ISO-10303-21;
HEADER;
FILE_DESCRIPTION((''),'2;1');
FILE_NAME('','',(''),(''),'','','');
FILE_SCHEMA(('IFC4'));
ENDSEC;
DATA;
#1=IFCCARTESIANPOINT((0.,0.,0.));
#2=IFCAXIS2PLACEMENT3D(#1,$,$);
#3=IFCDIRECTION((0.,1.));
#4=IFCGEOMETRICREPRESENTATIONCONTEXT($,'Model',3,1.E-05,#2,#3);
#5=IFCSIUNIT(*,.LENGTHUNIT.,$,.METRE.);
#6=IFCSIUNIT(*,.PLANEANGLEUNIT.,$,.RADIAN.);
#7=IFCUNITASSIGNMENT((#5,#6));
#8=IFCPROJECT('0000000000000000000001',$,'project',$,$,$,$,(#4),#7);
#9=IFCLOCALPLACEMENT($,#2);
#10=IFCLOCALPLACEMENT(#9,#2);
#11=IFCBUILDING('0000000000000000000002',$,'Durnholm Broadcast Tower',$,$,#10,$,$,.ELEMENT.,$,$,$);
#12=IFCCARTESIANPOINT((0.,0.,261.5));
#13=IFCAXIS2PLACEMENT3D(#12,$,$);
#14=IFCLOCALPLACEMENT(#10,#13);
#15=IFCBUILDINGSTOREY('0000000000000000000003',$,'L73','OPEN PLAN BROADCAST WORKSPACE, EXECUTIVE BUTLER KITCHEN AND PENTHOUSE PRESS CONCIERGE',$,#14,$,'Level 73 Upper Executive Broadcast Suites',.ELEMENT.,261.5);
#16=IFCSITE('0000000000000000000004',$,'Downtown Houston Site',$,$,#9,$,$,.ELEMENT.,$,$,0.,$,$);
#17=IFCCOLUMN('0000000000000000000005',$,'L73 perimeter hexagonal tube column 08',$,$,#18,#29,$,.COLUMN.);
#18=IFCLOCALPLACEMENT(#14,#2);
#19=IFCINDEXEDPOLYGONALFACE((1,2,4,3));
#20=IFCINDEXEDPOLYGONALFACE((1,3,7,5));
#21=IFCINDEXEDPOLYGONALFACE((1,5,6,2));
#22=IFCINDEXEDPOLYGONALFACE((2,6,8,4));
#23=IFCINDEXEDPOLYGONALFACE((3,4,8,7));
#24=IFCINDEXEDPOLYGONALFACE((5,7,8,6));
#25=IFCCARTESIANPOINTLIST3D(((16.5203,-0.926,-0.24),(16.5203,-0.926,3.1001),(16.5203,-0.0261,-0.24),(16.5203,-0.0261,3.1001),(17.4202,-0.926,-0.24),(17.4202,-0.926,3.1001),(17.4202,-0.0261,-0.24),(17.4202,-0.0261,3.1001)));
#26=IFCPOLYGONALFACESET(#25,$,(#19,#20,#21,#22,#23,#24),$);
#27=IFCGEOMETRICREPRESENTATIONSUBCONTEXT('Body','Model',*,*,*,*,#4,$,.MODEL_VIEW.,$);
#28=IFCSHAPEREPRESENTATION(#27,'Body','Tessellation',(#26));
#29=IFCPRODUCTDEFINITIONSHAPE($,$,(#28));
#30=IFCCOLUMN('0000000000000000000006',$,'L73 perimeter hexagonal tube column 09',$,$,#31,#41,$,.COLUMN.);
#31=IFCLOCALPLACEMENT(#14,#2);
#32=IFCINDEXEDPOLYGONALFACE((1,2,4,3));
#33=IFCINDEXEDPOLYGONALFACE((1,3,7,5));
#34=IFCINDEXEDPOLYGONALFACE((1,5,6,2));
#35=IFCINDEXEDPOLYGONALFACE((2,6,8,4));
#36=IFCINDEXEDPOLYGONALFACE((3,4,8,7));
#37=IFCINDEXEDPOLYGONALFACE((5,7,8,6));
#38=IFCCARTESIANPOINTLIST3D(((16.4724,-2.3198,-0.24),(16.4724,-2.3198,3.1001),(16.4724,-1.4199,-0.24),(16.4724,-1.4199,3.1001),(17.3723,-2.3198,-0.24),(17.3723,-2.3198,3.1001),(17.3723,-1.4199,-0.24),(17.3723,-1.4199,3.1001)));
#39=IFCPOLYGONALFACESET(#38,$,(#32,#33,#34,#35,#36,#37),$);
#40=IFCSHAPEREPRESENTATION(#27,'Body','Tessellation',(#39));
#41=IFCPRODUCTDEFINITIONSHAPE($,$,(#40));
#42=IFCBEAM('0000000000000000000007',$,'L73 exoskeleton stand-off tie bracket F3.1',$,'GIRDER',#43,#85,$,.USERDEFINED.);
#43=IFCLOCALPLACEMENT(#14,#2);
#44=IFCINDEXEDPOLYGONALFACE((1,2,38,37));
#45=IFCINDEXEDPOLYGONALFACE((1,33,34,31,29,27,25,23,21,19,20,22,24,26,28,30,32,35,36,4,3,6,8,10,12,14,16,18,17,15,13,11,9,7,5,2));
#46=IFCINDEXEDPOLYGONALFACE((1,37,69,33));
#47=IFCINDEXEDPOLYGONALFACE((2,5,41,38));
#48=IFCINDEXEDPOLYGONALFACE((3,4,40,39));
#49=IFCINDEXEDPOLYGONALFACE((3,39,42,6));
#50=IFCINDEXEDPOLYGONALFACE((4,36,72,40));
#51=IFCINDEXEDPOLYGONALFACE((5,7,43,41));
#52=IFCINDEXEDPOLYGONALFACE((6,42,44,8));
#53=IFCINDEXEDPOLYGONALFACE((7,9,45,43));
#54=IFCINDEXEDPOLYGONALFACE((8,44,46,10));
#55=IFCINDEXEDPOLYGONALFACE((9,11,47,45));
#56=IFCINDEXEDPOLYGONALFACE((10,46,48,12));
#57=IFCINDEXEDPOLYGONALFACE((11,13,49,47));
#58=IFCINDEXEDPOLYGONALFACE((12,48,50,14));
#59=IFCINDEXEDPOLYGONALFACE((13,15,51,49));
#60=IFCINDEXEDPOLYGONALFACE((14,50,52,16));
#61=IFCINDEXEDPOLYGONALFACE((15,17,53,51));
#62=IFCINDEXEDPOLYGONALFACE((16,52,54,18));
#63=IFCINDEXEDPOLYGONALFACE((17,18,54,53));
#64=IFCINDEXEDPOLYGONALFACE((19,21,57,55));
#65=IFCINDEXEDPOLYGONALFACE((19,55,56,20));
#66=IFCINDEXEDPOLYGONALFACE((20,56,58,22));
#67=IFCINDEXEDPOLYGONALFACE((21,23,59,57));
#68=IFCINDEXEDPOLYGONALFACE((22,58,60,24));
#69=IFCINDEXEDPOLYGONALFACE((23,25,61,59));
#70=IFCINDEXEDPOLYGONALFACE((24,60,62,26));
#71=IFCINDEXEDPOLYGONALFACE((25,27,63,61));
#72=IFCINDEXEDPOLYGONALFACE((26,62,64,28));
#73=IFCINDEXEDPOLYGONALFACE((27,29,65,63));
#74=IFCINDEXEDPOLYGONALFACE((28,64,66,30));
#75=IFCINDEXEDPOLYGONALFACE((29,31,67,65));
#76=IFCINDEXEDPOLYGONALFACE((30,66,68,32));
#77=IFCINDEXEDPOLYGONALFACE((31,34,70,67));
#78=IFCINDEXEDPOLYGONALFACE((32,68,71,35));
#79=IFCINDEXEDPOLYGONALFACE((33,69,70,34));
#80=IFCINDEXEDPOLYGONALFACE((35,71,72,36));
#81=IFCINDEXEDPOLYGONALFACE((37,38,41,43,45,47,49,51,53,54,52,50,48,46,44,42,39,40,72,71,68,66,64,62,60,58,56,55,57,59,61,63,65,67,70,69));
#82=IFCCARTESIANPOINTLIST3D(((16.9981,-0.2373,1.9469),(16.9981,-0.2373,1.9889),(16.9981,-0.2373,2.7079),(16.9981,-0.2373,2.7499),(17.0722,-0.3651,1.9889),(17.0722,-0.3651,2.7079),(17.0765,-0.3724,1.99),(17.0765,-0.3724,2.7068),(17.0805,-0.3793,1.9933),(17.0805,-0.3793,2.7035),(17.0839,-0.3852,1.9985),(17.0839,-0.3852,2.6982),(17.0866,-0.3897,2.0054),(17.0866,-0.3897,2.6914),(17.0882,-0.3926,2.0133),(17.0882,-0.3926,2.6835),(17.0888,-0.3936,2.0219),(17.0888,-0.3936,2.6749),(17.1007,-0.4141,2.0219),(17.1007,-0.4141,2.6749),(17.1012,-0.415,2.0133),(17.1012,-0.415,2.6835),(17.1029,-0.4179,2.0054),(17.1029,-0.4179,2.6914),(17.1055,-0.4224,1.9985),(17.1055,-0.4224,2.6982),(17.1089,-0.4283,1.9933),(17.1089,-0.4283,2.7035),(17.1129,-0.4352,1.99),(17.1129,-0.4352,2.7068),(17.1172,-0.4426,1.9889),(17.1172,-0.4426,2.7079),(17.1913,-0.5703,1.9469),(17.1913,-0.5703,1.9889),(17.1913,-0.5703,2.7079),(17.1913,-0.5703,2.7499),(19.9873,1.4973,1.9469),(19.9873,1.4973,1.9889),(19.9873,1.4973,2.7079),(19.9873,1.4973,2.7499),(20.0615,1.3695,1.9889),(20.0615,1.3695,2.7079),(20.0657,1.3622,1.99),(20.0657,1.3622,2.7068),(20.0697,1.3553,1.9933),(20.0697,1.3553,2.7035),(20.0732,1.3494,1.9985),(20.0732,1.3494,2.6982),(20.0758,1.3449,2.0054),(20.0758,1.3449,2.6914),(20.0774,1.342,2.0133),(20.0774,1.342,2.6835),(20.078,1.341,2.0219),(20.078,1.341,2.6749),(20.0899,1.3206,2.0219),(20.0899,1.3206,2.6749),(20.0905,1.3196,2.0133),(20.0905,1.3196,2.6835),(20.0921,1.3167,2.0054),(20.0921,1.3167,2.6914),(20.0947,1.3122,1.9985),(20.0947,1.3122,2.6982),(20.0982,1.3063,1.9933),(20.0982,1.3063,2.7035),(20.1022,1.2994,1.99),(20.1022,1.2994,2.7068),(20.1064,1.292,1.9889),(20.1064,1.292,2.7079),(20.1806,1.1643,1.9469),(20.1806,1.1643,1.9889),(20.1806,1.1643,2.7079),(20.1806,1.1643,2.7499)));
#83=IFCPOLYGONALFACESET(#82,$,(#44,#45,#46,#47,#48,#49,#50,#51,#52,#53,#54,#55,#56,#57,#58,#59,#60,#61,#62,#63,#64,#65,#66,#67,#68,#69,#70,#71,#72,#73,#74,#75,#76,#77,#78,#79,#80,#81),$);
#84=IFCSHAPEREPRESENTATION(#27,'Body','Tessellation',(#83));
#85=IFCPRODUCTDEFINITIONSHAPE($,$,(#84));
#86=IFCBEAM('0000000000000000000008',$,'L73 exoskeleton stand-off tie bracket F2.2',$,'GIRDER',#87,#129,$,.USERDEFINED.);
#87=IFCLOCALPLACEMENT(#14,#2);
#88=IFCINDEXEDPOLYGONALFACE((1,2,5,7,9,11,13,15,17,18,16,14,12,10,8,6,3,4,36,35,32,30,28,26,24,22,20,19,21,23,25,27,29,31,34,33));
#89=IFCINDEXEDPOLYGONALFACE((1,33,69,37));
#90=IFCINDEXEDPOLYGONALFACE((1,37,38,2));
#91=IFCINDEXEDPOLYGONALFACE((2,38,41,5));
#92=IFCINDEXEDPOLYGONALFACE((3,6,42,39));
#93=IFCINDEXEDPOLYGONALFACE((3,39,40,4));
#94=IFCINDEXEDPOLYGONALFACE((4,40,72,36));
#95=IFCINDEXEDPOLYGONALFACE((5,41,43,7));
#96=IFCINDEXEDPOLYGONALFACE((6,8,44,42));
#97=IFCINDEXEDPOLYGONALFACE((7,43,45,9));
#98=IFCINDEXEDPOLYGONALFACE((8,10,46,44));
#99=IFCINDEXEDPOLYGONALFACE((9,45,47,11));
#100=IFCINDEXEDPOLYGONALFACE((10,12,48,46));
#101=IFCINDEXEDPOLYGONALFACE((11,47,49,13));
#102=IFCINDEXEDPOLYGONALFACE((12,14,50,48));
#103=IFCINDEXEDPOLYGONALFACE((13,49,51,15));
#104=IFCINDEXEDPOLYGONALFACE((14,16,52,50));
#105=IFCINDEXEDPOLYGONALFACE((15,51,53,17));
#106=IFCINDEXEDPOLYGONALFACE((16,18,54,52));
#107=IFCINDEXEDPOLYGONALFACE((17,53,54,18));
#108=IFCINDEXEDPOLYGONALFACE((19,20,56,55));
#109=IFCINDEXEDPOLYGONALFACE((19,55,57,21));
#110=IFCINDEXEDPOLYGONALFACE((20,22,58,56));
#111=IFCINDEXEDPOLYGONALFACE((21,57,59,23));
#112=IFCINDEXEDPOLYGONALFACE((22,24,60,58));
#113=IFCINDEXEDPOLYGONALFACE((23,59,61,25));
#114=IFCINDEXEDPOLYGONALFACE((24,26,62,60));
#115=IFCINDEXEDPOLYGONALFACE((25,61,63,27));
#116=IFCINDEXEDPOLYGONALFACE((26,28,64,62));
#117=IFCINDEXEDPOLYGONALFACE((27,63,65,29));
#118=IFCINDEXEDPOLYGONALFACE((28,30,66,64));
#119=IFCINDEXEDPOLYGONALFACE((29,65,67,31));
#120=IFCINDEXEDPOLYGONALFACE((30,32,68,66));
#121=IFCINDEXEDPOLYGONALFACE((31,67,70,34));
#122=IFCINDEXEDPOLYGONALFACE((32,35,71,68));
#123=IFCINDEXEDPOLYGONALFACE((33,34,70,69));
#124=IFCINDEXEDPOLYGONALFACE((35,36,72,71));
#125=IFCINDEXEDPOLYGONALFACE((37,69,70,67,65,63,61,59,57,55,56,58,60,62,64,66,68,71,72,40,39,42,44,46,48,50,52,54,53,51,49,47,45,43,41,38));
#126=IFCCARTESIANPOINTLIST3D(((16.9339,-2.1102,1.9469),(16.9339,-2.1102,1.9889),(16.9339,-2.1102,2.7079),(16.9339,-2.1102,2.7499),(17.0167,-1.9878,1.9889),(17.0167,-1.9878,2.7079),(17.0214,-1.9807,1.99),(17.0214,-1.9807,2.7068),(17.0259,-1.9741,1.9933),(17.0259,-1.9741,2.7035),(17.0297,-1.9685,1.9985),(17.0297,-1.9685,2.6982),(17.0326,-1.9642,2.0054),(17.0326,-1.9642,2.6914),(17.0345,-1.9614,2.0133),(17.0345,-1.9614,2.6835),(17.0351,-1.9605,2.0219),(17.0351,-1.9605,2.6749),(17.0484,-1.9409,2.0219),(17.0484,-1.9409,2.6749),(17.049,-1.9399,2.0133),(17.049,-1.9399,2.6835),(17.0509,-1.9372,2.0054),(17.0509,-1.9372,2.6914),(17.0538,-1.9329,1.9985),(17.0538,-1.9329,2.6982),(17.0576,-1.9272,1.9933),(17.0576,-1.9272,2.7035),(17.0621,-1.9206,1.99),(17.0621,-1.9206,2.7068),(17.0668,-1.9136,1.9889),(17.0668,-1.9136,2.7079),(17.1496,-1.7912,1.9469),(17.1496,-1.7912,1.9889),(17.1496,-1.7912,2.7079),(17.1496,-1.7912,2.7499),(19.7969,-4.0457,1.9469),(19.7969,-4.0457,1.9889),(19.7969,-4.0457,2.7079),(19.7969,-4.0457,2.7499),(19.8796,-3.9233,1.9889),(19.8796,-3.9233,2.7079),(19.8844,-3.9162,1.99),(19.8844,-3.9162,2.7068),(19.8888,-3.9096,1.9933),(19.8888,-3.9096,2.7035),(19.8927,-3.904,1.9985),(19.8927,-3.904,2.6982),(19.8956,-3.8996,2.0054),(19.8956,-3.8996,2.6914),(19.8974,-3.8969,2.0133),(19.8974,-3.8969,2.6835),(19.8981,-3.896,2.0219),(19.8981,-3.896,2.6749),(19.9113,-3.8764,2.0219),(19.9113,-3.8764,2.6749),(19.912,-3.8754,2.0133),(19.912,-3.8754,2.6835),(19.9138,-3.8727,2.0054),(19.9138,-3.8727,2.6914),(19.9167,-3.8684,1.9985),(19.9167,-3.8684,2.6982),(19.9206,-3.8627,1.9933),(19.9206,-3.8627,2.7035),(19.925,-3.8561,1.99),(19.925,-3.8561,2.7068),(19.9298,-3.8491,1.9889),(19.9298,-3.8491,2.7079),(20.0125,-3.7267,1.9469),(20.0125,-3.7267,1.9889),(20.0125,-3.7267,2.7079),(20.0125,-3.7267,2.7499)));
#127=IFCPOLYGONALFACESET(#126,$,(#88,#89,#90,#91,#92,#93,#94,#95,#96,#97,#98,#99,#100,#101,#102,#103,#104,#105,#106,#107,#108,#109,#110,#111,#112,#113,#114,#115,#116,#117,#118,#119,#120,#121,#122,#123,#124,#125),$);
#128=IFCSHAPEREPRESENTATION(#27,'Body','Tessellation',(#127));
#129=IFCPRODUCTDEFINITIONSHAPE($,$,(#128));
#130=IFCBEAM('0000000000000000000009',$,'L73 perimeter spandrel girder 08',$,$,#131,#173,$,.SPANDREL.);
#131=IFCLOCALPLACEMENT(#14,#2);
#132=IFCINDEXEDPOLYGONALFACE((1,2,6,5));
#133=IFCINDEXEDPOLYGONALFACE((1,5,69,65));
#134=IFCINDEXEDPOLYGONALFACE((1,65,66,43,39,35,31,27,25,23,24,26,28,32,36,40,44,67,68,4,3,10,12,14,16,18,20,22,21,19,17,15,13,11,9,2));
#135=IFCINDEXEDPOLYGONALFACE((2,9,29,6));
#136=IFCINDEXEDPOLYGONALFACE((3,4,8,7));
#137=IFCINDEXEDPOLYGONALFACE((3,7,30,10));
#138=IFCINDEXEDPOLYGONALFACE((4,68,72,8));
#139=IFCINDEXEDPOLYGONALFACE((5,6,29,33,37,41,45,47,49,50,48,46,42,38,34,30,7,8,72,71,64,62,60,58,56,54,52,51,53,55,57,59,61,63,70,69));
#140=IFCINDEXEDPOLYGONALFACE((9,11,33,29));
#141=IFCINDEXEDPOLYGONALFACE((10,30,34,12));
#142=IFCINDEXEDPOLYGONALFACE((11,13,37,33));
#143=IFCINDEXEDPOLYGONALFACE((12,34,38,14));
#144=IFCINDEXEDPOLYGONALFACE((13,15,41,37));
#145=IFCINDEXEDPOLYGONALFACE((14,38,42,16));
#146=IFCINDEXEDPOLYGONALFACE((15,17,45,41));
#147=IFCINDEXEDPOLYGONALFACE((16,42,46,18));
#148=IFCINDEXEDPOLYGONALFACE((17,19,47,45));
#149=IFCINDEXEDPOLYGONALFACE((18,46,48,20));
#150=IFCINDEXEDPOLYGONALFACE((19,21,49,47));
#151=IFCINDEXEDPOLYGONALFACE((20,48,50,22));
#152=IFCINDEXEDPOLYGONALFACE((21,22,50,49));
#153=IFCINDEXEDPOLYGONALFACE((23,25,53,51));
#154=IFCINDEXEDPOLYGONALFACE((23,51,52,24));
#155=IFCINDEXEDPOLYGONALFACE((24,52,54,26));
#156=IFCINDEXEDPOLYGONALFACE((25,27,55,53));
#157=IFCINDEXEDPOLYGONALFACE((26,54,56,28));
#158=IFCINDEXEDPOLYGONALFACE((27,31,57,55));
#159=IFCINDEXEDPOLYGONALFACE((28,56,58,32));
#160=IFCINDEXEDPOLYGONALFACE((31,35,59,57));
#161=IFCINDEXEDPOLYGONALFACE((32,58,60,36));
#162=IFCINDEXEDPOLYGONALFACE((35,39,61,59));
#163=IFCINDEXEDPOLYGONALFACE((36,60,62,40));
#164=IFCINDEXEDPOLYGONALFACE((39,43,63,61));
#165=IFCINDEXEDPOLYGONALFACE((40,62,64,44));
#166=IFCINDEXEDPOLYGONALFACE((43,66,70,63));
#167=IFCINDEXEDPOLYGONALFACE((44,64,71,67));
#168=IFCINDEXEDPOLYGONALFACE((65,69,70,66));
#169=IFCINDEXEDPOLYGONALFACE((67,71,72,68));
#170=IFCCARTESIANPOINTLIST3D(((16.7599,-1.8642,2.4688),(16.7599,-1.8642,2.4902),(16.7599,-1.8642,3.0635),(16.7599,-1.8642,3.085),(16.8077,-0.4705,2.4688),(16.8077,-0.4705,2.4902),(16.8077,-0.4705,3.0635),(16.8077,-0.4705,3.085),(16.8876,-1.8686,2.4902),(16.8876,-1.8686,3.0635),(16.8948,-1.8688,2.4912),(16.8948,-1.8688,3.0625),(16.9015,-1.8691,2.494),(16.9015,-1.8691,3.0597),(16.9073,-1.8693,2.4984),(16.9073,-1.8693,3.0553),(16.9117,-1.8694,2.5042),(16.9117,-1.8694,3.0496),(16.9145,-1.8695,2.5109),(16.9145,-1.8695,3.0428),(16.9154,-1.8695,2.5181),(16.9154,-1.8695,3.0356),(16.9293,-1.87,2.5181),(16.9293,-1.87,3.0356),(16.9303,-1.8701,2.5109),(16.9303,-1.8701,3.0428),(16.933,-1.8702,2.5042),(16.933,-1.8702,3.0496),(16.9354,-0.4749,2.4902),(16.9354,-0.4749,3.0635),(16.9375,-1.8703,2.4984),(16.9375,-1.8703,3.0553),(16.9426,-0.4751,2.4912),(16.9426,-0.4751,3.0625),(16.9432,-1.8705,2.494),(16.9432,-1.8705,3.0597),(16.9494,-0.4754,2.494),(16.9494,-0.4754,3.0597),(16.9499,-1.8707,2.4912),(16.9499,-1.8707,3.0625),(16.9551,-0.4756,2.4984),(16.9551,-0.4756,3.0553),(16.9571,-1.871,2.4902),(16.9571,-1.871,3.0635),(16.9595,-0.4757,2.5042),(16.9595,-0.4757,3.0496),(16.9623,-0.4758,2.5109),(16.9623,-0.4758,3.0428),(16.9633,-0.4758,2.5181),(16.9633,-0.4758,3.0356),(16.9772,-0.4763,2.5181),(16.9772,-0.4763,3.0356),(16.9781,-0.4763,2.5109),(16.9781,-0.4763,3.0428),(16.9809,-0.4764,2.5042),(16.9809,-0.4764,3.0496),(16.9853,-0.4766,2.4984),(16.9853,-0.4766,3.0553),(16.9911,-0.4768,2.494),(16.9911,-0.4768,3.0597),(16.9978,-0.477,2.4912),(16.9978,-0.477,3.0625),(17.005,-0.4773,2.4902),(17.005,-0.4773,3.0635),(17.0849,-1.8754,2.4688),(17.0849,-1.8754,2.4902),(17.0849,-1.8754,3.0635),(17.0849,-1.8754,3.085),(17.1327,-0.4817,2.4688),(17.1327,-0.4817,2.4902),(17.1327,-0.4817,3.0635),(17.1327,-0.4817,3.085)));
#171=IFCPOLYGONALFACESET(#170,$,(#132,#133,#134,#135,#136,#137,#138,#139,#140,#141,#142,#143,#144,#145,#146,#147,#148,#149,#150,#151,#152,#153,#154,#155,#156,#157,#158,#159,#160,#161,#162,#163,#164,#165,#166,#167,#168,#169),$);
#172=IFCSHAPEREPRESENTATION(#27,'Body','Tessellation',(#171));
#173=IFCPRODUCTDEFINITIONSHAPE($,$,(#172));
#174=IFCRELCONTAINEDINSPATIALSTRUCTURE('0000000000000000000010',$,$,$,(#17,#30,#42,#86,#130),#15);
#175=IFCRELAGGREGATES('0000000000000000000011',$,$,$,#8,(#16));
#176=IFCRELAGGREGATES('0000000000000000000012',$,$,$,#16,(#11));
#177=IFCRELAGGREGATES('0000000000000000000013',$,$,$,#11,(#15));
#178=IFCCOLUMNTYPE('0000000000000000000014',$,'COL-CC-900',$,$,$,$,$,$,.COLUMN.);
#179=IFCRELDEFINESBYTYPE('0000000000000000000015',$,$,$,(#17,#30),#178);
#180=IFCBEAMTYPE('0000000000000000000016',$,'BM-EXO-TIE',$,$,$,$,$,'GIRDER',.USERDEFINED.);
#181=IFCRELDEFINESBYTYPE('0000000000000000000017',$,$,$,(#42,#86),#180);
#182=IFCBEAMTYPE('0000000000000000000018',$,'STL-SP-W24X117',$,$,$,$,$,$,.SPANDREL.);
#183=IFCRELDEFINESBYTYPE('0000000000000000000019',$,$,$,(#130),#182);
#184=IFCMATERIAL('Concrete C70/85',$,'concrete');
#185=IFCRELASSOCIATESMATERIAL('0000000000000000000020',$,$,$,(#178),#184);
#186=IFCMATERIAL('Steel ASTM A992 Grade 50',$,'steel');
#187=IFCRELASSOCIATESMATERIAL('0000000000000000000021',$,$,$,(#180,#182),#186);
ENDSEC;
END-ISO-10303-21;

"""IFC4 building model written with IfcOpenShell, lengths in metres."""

from ifc_helpers import new_model, si_unit, direction, frame, origin, origin_2d, place, context, subcontext, project, spatial, rectangle, i_section, extrude, source, transform, mapped, material, material_profile, profile_set, type_object, type_shapes, element, save


model = new_model("IFC4")

# Units and contexts
model_context = context("Model", 3, precision=1e-05, world=origin(), true_north=direction((0.0, 1.0)))
body_context = subcontext(model_context, "Body", "Model", "MODEL_VIEW")
ifc_project = project(units=[si_unit("LENGTHUNIT", "METRE"), si_unit("PLANEANGLEUNIT", "RADIAN")], contexts=[model_context])

# Site, building, storey
site_placement = place(None, origin())
site = spatial("IfcSite", under=ifc_project, at=site_placement, Name="Downtown Houston Site", CompositionType="ELEMENT", RefElevation=0.0)
building_placement = place(site_placement, origin())
building = spatial("IfcBuilding", under=site, at=building_placement, Name="Durnholm Broadcast Tower", CompositionType="ELEMENT")
storey_placement = place(building_placement, frame((0.0, 0.0, 261.5)))
storey = spatial("IfcBuildingStorey", under=building, at=storey_placement, Name="L73", Description="OPEN PLAN BROADCAST WORKSPACE, EXECUTIVE BUTLER KITCHEN AND PENTHOUSE PRESS CONCIERGE", LongName="Level 73 Upper Executive Broadcast Suites", CompositionType="ELEMENT", Elevation=261.5)

# Columns
ifc_material_1 = material(Name="Concrete C70/85", Category="concrete")
ifc_material_profile_1 = material_profile(ifc_material_1, rectangle(XDim=0.8999, YDim=0.8999, at=origin_2d()), Name="RC900X900")
ifc_profile_set_1 = profile_set([ifc_material_profile_1], Name="Concrete C70/85")
column_type = type_object("IfcColumnType", Name="COL-CC-900", PredefinedType="COLUMN", material=ifc_profile_set_1)
shared_shape_1 = source(origin(), body_context, "Body", "SweptSolid", [
    extrude(rectangle(XDim=0.8999, YDim=0.8999, at=origin_2d()), origin(), (0.0, 0.0, 1.0), 3.3401),
])
type_shapes(column_type, [shared_shape_1])
for number, where, z_axis, x_axis, name in (
    (1, (16.9702, -0.4761, -0.24), (0.0, 0.0, 1.0), (1.0, 0.0, 0.0), "L73 perimeter hexagonal tube column 08"),
    (2, (16.9224, -1.8699, -0.24), (0.0, 0.0, 1.0), (1.0, 0.0, 0.0), "L73 perimeter hexagonal tube column 09"),
):
    element("IfcColumn", number, at=place(storey_placement, frame(where, z_axis=z_axis, x_axis=x_axis)), inside=storey, type_object=column_type, Name=name, PredefinedType="COLUMN", context=body_context, shape_type="MappedRepresentation", body=[
        mapped(shared_shape_1, transform((0.0, 0.0, 0.0), x_axis=(1.0, 0.0, 0.0), y_axis=(0.0, 1.0, 0.0), z_axis=(0.0, 0.0, 1.0), scale=1.0)),
    ])

# Beams
ifc_material_2 = material(Name="Steel ASTM A992 Grade 50", Category="steel")
ifc_material_profile_2 = material_profile(ifc_material_2, i_section(OverallWidth=0.385, OverallDepth=0.803, WebThickness=0.0237, FlangeThickness=0.042, FilletRadius=0.033, at=origin_2d()), Name="W30X261")
ifc_profile_set_2 = profile_set([ifc_material_profile_2], Name="Steel ASTM A992 Grade 50")
beam_type_1 = type_object("IfcBeamType", Name="BM-EXO-TIE", ElementType="GIRDER", PredefinedType="USERDEFINED", material=ifc_profile_set_2)
shared_shape_2 = source(origin(), body_context, "Body", "SweptSolid", [
    extrude(i_section(OverallWidth=0.385, OverallDepth=0.803, WebThickness=0.0237, FlangeThickness=0.042, FilletRadius=0.033, at=origin_2d()), origin(), (0.0, 0.0, 1.0), 3.4561),
])
beam_1_placement = place(storey_placement, frame((17.0947, -0.4038, 2.3484), z_axis=(0.864924, 0.501902, 0.0), x_axis=(-0.501902, 0.864924, 0.0)))
element("IfcBeam", 3, at=beam_1_placement, inside=storey, type_object=beam_type_1, Name="L73 exoskeleton stand-off tie bracket F3.1", ObjectType="GIRDER", PredefinedType="USERDEFINED", context=body_context, shape_type="MappedRepresentation", body=[
    mapped(shared_shape_2, transform((0.0, 0.0, 0.0), x_axis=(1.0, 0.0, 0.0), y_axis=(0.0, 1.0, 0.0), z_axis=(0.0, 0.0, 1.0), scale=1.0)),
])
shared_shape_3 = source(origin(), body_context, "Body", "SweptSolid", [
    extrude(i_section(OverallWidth=0.385, OverallDepth=0.803, WebThickness=0.0237, FlangeThickness=0.042, FilletRadius=0.033, at=origin_2d()), origin(), (0.0, 0.0, 1.0), 3.4558),
])
type_shapes(beam_type_1, [shared_shape_2, shared_shape_3])
beam_2_placement = place(storey_placement, frame((17.0417, -1.9507, 2.3484), z_axis=(0.828446, -0.560068, 0.0), x_axis=(0.560068, 0.828446, 0.0)))
element("IfcBeam", 4, at=beam_2_placement, inside=storey, type_object=beam_type_1, Name="L73 exoskeleton stand-off tie bracket F2.2", ObjectType="GIRDER", PredefinedType="USERDEFINED", context=body_context, shape_type="MappedRepresentation", body=[
    mapped(shared_shape_3, transform((0.0, 0.0, 0.0), x_axis=(1.0, 0.0, 0.0), y_axis=(0.0, 1.0, 0.0), z_axis=(0.0, 0.0, 1.0), scale=1.0)),
])
ifc_material_profile_3 = material_profile(ifc_material_2, i_section(OverallWidth=0.3252, OverallDepth=0.6162, WebThickness=0.0139, FlangeThickness=0.0215, FilletRadius=0.0278, at=origin_2d()), Name="W24X117")
ifc_profile_set_3 = profile_set([ifc_material_profile_3], Name="Steel ASTM A992 Grade 50")
beam_type_2 = type_object("IfcBeamType", Name="STL-SP-W24X117", PredefinedType="SPANDREL", material=ifc_profile_set_3)
shared_shape_4 = source(origin(), body_context, "Body", "SweptSolid", [
    extrude(i_section(OverallWidth=0.3252, OverallDepth=0.6162, WebThickness=0.0139, FlangeThickness=0.0215, FilletRadius=0.0278, at=origin_2d()), origin(), (0.0, 0.0, 1.0), 1.3945),
])
beam_3_placement = place(storey_placement, frame((16.9702, -0.4761, 2.7769), z_axis=(-0.034312, -0.999411, 0.0), x_axis=(0.999411, -0.034312, 0.0)))
element("IfcBeam", 5, at=beam_3_placement, inside=storey, type_object=beam_type_2, Name="L73 perimeter spandrel girder 08", PredefinedType="SPANDREL", context=body_context, shape_type="MappedRepresentation", body=[
    mapped(shared_shape_4, transform((0.0, 0.0, 0.0), x_axis=(1.0, 0.0, 0.0), y_axis=(0.0, 1.0, 0.0), z_axis=(0.0, 0.0, 1.0), scale=1.0)),
])

save(model, "model.ifc")
